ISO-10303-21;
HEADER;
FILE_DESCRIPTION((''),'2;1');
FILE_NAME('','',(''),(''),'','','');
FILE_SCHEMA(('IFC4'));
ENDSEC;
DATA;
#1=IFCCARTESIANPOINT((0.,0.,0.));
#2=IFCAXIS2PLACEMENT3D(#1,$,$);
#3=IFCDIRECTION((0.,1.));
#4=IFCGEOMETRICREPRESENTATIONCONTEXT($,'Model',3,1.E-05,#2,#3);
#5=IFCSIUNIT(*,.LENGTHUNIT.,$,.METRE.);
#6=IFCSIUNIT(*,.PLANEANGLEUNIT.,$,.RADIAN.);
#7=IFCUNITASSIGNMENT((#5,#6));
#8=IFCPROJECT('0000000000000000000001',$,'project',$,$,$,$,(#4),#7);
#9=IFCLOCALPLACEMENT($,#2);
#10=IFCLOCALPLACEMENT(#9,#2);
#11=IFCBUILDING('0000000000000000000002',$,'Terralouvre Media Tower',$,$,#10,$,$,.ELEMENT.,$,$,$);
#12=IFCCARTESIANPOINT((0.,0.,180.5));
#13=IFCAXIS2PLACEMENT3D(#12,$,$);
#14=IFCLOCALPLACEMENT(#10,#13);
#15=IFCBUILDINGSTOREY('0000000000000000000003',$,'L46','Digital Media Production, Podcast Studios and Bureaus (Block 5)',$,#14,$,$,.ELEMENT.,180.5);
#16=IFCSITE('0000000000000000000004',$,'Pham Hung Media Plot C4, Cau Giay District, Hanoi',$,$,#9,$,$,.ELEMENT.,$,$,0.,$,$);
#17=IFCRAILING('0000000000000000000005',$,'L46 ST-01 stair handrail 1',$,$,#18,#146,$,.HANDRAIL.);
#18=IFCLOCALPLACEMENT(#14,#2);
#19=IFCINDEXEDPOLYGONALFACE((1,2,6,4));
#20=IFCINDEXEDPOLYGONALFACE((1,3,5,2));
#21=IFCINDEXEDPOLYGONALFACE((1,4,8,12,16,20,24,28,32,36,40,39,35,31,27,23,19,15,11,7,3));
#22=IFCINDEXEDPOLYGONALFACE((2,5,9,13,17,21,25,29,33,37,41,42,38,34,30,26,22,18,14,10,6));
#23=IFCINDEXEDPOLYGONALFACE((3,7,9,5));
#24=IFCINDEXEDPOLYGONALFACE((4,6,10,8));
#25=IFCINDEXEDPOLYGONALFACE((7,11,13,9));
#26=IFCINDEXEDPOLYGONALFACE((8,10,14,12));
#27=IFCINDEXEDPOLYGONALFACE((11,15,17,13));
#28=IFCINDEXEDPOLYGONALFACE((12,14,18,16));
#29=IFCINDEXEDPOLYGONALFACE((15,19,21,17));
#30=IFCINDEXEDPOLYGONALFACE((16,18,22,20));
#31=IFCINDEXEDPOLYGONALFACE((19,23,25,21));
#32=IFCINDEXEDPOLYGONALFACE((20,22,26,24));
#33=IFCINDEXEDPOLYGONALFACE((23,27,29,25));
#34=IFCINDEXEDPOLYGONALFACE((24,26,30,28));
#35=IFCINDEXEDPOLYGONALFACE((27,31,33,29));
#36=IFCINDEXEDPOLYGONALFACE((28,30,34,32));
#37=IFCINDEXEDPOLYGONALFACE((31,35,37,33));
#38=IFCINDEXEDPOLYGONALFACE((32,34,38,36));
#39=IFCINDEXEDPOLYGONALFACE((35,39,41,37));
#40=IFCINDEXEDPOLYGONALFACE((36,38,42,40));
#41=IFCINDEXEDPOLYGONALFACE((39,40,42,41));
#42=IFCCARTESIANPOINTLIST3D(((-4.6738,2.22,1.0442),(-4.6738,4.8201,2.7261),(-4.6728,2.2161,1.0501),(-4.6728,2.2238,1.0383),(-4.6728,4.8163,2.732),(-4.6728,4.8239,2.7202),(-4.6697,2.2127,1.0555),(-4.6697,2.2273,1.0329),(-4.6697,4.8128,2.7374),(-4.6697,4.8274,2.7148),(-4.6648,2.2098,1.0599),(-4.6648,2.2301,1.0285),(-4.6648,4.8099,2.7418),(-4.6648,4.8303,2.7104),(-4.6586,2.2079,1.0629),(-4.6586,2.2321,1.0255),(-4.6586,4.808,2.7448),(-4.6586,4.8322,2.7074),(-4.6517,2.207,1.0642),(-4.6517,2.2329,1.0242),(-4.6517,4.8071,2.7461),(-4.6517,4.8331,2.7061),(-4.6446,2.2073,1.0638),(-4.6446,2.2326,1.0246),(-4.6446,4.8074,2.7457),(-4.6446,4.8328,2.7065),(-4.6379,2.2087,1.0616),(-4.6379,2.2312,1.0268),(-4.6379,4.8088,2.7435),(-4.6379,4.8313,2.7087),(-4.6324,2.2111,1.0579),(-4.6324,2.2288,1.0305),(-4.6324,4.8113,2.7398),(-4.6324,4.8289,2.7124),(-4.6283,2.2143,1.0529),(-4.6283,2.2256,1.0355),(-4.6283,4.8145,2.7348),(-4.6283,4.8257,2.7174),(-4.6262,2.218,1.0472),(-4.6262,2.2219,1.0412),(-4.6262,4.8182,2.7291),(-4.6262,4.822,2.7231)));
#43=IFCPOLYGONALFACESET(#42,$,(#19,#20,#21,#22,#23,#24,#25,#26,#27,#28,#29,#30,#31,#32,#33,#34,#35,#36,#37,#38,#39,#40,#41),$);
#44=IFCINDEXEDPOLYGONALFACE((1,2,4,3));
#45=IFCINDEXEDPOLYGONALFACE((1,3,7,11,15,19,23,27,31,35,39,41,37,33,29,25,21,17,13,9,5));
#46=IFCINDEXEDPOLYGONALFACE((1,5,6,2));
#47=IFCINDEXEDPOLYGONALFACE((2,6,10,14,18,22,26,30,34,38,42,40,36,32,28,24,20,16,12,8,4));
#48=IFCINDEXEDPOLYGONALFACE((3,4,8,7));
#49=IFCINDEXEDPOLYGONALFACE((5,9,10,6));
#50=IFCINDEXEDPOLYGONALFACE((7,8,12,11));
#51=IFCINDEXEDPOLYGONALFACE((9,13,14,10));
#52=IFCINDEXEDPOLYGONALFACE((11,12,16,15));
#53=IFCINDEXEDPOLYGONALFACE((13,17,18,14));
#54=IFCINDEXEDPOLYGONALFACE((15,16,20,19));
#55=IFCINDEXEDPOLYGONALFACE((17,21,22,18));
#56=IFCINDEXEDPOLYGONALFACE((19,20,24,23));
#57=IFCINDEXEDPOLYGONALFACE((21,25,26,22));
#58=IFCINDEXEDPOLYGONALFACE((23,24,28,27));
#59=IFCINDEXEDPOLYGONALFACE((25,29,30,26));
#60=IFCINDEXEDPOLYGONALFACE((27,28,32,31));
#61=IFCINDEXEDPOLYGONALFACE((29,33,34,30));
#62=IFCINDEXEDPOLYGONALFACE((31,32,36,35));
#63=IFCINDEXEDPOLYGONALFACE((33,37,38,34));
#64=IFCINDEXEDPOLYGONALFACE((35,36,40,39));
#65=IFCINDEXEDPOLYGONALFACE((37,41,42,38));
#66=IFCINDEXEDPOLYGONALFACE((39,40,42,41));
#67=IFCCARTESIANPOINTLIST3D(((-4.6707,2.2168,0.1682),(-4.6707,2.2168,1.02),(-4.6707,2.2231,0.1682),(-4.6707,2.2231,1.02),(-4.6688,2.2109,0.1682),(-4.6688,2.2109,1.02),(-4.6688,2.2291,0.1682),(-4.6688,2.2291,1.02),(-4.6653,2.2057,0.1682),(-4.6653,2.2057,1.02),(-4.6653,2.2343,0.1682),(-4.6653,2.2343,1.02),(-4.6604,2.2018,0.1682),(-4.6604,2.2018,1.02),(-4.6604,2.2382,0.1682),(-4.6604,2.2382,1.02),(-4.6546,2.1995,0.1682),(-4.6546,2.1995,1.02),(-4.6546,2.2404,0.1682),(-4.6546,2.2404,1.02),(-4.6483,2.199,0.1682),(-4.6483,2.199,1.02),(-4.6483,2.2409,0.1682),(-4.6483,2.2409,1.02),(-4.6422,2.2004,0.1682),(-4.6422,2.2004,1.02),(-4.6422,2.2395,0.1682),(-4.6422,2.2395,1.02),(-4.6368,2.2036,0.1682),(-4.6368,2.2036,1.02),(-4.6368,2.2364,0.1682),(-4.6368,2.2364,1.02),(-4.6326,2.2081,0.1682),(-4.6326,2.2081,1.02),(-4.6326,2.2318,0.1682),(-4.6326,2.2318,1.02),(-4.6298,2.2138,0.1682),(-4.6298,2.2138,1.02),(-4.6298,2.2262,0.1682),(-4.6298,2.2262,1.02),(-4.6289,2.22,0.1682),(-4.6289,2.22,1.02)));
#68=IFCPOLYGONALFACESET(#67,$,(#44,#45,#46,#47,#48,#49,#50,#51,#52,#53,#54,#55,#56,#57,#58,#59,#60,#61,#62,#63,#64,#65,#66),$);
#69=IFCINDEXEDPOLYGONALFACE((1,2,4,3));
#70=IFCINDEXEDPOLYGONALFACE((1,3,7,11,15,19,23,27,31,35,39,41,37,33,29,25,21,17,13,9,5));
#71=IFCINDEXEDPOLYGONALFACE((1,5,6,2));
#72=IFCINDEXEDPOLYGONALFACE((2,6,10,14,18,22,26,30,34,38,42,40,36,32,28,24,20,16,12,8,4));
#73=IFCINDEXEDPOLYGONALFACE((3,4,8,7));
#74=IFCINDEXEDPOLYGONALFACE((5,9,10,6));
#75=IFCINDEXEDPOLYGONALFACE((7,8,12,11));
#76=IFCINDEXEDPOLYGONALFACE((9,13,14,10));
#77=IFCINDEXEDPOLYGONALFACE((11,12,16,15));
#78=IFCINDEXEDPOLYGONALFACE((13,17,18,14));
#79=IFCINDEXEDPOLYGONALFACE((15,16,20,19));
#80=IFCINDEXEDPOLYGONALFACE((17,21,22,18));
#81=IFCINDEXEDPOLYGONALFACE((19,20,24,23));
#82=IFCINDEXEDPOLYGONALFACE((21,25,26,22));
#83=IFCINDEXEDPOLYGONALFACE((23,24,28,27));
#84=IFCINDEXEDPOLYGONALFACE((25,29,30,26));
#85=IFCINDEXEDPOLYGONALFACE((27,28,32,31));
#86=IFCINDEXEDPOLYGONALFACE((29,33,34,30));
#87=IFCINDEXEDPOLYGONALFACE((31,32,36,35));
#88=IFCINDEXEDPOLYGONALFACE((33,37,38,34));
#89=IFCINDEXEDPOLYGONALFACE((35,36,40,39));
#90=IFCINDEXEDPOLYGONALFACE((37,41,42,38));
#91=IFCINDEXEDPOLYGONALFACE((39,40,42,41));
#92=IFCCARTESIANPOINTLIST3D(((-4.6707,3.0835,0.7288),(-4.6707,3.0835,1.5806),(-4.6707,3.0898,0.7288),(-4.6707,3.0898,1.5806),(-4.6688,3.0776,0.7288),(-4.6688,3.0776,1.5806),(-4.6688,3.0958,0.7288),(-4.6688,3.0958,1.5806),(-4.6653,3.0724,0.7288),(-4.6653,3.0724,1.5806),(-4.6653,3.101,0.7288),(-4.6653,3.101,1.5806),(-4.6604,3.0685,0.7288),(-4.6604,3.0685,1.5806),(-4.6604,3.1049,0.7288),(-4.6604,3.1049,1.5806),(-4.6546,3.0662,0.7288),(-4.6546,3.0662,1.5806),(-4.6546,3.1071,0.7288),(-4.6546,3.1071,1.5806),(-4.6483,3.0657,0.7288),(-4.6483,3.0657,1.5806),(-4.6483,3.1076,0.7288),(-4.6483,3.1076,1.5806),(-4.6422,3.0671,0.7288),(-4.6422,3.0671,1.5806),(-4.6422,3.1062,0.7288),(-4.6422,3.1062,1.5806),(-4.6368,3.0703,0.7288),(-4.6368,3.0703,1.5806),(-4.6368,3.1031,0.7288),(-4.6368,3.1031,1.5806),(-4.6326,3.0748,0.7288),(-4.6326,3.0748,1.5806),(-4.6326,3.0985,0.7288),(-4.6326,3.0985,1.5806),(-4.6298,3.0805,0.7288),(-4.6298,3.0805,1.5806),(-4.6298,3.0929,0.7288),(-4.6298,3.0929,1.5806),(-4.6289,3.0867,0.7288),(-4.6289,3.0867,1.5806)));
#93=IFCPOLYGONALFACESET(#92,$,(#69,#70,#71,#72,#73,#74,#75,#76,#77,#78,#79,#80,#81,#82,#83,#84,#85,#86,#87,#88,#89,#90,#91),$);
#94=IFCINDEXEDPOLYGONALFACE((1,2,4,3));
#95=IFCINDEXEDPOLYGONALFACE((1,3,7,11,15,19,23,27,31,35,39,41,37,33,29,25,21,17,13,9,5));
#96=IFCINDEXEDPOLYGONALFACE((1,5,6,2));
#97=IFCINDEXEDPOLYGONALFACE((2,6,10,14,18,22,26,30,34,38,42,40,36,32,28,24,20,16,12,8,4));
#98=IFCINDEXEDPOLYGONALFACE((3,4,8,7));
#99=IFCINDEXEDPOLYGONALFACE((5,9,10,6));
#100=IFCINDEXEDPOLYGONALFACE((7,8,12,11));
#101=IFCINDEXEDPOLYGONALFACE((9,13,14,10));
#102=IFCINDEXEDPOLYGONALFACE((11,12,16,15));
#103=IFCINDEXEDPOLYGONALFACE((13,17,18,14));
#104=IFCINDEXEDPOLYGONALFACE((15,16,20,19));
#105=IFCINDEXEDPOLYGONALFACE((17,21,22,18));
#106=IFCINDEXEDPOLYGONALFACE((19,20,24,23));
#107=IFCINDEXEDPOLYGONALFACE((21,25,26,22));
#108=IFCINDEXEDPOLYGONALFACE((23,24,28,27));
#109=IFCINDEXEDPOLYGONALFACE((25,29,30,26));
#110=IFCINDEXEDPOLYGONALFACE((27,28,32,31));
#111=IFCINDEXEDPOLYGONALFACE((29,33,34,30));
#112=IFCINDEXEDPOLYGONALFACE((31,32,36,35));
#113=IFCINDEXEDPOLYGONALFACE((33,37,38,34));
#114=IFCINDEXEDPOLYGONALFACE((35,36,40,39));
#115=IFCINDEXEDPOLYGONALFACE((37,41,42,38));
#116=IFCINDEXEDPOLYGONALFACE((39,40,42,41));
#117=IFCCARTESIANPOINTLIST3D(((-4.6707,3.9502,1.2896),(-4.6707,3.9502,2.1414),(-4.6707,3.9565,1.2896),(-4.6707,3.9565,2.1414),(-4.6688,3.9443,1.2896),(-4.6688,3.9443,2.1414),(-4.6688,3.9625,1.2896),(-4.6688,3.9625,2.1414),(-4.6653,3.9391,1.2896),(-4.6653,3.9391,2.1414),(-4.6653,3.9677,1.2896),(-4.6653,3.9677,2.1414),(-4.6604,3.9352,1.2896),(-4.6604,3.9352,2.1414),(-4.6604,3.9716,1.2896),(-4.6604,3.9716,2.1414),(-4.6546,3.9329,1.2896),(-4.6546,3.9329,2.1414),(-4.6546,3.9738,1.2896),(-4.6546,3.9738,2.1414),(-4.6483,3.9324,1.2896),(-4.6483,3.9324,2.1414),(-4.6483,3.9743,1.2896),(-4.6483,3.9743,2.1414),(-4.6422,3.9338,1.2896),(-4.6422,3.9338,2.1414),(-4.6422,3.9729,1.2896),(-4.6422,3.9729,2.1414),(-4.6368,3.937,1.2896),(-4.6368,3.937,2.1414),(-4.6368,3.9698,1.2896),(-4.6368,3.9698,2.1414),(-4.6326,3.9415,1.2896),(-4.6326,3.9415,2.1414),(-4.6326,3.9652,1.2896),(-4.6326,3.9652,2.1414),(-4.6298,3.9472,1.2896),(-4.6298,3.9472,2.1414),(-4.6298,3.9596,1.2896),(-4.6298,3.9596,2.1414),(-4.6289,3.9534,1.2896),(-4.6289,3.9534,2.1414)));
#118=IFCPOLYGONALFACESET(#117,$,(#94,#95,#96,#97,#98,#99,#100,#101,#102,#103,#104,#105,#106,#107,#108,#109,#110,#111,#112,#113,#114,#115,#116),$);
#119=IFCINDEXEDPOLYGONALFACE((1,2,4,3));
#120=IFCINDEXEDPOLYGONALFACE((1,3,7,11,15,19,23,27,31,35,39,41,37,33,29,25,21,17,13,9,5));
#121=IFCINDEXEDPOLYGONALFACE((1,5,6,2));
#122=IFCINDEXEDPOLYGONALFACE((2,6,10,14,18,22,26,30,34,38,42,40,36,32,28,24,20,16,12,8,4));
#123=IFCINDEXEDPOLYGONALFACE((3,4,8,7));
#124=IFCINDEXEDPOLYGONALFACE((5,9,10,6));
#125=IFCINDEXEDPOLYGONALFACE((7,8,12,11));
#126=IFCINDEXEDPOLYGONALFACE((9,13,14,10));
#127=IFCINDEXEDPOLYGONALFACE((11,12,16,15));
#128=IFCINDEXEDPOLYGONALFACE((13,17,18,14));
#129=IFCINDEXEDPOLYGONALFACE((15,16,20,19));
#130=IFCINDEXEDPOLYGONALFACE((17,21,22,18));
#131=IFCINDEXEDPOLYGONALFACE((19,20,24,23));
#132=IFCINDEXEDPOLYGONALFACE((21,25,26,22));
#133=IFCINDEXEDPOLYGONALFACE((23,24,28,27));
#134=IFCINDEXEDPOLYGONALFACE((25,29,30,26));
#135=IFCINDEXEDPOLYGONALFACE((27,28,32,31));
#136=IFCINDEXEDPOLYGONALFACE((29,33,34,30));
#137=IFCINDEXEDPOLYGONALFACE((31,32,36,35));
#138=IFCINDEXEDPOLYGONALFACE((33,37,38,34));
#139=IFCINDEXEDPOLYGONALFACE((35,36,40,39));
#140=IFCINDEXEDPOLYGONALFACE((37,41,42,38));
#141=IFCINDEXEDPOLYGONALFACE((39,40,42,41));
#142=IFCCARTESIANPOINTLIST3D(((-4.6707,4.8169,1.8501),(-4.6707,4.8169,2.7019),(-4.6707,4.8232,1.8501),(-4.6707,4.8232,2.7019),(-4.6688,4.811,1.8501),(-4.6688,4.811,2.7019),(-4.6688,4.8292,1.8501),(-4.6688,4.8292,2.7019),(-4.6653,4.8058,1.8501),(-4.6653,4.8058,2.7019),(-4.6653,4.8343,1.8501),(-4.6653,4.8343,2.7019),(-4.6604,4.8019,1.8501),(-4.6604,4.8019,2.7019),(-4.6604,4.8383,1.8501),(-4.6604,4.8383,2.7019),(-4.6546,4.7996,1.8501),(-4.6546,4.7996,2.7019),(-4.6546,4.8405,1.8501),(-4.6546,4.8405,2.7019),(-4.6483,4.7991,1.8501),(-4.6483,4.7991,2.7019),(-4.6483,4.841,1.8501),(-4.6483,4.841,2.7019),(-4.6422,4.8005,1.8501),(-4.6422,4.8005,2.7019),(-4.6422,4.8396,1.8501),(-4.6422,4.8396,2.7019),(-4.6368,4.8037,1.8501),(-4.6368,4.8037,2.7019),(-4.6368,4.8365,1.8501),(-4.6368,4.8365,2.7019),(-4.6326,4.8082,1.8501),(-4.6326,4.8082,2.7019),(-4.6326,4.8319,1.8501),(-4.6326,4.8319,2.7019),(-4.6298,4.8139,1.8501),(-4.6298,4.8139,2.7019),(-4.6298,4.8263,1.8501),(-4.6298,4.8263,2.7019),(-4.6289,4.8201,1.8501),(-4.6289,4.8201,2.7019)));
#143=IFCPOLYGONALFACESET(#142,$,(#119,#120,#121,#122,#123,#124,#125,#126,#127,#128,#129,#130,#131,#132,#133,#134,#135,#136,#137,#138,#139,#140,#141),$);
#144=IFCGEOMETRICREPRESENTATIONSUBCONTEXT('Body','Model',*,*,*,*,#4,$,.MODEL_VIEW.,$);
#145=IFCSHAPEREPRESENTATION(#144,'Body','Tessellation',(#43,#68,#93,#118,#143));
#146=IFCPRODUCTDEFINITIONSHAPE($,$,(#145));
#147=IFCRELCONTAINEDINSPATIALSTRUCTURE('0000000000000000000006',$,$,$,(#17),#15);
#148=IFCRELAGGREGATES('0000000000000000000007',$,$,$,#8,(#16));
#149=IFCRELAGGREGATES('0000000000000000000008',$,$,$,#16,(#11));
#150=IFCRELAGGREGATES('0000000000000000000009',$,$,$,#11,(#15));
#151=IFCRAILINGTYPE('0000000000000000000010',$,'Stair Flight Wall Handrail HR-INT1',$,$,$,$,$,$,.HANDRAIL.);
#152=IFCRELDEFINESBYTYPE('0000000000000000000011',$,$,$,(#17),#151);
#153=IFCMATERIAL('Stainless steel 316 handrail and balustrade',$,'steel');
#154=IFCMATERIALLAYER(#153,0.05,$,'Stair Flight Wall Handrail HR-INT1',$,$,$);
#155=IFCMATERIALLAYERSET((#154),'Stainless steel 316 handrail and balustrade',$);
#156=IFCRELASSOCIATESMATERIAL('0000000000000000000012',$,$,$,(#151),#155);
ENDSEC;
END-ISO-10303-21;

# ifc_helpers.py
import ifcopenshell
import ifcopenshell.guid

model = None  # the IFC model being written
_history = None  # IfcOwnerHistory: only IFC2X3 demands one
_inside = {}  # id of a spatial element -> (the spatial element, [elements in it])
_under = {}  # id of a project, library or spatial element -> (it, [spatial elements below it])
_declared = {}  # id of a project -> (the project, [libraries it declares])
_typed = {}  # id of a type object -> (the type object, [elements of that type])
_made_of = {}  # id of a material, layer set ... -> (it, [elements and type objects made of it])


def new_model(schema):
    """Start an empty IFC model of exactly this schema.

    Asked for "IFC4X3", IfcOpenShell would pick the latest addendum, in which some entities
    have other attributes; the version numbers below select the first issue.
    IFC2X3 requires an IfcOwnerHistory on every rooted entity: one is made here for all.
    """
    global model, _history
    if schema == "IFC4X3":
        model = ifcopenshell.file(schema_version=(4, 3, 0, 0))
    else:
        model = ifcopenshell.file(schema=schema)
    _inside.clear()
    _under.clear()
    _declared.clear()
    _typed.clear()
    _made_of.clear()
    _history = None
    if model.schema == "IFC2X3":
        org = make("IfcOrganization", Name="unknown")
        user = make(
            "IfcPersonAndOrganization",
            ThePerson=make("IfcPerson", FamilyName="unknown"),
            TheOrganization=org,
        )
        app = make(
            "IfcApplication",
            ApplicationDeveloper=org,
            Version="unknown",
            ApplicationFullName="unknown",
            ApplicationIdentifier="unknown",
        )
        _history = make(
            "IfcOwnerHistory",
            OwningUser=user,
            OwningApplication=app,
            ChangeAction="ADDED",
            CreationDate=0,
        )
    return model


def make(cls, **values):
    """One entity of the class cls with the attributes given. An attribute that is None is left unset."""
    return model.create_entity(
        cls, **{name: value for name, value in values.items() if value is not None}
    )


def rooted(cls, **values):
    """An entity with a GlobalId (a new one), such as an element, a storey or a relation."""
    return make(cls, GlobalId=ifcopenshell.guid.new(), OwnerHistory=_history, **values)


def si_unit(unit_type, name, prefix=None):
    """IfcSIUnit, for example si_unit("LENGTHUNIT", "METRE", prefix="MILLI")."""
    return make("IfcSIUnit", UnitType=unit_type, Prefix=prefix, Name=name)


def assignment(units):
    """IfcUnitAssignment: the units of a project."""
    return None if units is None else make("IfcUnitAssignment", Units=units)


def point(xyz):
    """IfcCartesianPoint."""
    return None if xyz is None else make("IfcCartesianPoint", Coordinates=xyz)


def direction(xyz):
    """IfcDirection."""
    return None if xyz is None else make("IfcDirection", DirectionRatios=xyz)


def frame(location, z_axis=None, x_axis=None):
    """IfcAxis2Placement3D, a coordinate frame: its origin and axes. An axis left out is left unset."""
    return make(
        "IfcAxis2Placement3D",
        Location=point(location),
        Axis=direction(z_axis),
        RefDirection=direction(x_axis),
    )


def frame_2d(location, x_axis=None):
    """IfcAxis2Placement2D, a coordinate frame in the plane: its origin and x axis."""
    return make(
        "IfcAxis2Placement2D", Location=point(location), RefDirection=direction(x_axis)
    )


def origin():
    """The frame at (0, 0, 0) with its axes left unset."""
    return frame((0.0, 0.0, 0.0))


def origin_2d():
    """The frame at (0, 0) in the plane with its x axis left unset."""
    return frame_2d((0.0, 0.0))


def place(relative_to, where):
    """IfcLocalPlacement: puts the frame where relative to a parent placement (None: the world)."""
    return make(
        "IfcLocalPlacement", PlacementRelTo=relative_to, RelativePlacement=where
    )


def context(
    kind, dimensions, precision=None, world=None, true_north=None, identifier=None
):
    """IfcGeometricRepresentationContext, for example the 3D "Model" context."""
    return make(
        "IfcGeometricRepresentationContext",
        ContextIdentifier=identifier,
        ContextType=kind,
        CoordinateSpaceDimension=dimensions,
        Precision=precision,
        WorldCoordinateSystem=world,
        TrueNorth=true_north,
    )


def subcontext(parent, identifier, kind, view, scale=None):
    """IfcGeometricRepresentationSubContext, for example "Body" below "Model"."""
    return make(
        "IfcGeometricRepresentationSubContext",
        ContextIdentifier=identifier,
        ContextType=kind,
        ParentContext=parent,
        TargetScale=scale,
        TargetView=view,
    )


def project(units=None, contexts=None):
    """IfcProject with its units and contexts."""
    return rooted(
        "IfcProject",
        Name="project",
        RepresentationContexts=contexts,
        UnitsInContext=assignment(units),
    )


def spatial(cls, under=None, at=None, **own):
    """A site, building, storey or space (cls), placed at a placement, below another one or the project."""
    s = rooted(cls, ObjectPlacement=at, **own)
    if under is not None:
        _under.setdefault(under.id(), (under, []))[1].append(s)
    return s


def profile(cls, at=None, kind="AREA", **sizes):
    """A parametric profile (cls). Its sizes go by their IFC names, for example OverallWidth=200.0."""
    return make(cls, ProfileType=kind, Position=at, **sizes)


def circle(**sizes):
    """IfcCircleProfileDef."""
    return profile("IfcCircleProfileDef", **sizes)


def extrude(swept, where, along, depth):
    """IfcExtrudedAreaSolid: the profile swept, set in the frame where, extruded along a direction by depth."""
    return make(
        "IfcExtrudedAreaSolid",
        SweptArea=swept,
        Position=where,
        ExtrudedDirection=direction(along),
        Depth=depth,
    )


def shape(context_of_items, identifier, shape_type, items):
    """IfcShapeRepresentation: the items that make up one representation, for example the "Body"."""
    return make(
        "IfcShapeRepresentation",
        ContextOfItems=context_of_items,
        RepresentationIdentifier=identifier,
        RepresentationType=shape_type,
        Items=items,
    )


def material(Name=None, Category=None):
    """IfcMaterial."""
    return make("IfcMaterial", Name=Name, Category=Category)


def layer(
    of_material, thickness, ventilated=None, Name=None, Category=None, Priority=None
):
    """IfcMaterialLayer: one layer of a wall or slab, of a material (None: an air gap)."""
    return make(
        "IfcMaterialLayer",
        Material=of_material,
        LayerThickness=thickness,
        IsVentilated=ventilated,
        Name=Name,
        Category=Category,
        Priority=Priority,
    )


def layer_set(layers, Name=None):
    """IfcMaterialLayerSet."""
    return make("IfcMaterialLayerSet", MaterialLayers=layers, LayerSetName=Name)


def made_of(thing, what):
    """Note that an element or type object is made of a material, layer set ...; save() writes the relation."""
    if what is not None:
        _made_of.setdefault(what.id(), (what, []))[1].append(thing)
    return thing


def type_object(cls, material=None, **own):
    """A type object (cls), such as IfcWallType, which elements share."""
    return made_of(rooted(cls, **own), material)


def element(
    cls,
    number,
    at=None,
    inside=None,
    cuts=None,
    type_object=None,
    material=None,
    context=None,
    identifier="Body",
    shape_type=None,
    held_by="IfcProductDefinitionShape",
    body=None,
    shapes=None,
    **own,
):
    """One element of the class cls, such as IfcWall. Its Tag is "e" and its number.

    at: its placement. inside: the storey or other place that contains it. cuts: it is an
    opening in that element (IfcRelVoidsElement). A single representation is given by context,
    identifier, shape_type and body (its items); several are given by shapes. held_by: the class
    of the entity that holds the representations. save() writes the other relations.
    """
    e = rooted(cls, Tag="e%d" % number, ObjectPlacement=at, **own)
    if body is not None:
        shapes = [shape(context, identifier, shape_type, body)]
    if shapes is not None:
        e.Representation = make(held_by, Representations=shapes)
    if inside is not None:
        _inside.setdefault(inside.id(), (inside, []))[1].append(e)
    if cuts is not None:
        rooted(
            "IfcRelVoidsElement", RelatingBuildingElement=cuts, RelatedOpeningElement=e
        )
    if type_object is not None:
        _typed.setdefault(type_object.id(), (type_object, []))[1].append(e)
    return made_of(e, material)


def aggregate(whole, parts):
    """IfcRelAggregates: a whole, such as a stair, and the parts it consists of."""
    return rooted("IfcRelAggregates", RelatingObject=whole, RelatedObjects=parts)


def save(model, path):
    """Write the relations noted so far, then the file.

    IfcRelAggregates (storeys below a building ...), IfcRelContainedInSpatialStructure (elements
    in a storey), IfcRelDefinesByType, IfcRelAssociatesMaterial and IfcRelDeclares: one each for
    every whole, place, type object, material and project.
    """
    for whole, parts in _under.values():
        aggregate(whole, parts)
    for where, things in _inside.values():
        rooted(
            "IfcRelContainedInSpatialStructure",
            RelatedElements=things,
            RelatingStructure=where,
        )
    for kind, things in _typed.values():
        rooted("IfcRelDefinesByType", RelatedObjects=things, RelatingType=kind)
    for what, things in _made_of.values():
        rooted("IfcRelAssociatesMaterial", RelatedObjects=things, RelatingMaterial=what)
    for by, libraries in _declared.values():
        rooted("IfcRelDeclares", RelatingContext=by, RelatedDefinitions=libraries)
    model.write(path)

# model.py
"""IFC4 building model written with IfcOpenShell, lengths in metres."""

from ifc_helpers import new_model, si_unit, direction, frame, origin, origin_2d, place, context, subcontext, project, spatial, circle, extrude, material, layer, layer_set, type_object, element, save


model = new_model("IFC4")

# Units and contexts
model_context = context("Model", 3, precision=1e-05, world=origin(), true_north=direction((0.0, 1.0)))
body_context = subcontext(model_context, "Body", "Model", "MODEL_VIEW")
ifc_project = project(units=[si_unit("LENGTHUNIT", "METRE"), si_unit("PLANEANGLEUNIT", "RADIAN")], contexts=[model_context])

# Site, building, storey
site_placement = place(None, origin())
site = spatial("IfcSite", under=ifc_project, at=site_placement, Name="Pham Hung Media Plot C4, Cau Giay District, Hanoi", CompositionType="ELEMENT", RefElevation=0.0)
building_placement = place(site_placement, origin())
building = spatial("IfcBuilding", under=site, at=building_placement, Name="Terralouvre Media Tower", CompositionType="ELEMENT")
storey_placement = place(building_placement, frame((0.0, 0.0, 180.5)))
storey = spatial("IfcBuildingStorey", under=building, at=storey_placement, Name="L46", Description="Digital Media Production, Podcast Studios and Bureaus (Block 5)", CompositionType="ELEMENT", Elevation=180.5)

# Railing
ifc_material_1 = material(Name="Stainless steel 316 handrail and balustrade", Category="steel")
ifc_layer_1 = layer(ifc_material_1, 0.05, Name="Stair Flight Wall Handrail HR-INT1")
ifc_layer_set_1 = layer_set([ifc_layer_1], Name="Stainless steel 316 handrail and balustrade")
railing_type_1 = type_object("IfcRailingType", Name="Stair Flight Wall Handrail HR-INT1", PredefinedType="HANDRAIL", material=ifc_layer_set_1)
railing_1_placement = place(storey_placement, frame((-4.6499, 2.22, 0.1682)))
element("IfcRailing", 1, at=railing_1_placement, inside=storey, type_object=railing_type_1, Name="L46 ST-01 stair handrail 1", PredefinedType="HANDRAIL", context=body_context, shape_type="SweptSolid", body=[
    extrude(circle(Radius=0.0239, at=origin_2d()), frame((0.0, 0.0, 0.876), z_axis=(0.0, 0.839648, 0.54313), x_axis=(-1.0, 0.0, 0.0)), (0.0, 0.0, 1.0), 3.0967),
    extrude(circle(Radius=0.021, at=origin_2d()), origin(), (0.0, 0.0, 1.0), 0.8518),
    extrude(circle(Radius=0.021, at=origin_2d()), frame((0.0, 0.8667, 0.5605)), (0.0, 0.0, 1.0), 0.8518),
    extrude(circle(Radius=0.021, at=origin_2d()), frame((0.0, 1.7334, 1.1213)), (0.0, 0.0, 1.0), 0.8518),
    extrude(circle(Radius=0.021, at=origin_2d()), frame((0.0, 2.6001, 1.6819)), (0.0, 0.0, 1.0), 0.8518),
])

save(model, "model.ifc")
